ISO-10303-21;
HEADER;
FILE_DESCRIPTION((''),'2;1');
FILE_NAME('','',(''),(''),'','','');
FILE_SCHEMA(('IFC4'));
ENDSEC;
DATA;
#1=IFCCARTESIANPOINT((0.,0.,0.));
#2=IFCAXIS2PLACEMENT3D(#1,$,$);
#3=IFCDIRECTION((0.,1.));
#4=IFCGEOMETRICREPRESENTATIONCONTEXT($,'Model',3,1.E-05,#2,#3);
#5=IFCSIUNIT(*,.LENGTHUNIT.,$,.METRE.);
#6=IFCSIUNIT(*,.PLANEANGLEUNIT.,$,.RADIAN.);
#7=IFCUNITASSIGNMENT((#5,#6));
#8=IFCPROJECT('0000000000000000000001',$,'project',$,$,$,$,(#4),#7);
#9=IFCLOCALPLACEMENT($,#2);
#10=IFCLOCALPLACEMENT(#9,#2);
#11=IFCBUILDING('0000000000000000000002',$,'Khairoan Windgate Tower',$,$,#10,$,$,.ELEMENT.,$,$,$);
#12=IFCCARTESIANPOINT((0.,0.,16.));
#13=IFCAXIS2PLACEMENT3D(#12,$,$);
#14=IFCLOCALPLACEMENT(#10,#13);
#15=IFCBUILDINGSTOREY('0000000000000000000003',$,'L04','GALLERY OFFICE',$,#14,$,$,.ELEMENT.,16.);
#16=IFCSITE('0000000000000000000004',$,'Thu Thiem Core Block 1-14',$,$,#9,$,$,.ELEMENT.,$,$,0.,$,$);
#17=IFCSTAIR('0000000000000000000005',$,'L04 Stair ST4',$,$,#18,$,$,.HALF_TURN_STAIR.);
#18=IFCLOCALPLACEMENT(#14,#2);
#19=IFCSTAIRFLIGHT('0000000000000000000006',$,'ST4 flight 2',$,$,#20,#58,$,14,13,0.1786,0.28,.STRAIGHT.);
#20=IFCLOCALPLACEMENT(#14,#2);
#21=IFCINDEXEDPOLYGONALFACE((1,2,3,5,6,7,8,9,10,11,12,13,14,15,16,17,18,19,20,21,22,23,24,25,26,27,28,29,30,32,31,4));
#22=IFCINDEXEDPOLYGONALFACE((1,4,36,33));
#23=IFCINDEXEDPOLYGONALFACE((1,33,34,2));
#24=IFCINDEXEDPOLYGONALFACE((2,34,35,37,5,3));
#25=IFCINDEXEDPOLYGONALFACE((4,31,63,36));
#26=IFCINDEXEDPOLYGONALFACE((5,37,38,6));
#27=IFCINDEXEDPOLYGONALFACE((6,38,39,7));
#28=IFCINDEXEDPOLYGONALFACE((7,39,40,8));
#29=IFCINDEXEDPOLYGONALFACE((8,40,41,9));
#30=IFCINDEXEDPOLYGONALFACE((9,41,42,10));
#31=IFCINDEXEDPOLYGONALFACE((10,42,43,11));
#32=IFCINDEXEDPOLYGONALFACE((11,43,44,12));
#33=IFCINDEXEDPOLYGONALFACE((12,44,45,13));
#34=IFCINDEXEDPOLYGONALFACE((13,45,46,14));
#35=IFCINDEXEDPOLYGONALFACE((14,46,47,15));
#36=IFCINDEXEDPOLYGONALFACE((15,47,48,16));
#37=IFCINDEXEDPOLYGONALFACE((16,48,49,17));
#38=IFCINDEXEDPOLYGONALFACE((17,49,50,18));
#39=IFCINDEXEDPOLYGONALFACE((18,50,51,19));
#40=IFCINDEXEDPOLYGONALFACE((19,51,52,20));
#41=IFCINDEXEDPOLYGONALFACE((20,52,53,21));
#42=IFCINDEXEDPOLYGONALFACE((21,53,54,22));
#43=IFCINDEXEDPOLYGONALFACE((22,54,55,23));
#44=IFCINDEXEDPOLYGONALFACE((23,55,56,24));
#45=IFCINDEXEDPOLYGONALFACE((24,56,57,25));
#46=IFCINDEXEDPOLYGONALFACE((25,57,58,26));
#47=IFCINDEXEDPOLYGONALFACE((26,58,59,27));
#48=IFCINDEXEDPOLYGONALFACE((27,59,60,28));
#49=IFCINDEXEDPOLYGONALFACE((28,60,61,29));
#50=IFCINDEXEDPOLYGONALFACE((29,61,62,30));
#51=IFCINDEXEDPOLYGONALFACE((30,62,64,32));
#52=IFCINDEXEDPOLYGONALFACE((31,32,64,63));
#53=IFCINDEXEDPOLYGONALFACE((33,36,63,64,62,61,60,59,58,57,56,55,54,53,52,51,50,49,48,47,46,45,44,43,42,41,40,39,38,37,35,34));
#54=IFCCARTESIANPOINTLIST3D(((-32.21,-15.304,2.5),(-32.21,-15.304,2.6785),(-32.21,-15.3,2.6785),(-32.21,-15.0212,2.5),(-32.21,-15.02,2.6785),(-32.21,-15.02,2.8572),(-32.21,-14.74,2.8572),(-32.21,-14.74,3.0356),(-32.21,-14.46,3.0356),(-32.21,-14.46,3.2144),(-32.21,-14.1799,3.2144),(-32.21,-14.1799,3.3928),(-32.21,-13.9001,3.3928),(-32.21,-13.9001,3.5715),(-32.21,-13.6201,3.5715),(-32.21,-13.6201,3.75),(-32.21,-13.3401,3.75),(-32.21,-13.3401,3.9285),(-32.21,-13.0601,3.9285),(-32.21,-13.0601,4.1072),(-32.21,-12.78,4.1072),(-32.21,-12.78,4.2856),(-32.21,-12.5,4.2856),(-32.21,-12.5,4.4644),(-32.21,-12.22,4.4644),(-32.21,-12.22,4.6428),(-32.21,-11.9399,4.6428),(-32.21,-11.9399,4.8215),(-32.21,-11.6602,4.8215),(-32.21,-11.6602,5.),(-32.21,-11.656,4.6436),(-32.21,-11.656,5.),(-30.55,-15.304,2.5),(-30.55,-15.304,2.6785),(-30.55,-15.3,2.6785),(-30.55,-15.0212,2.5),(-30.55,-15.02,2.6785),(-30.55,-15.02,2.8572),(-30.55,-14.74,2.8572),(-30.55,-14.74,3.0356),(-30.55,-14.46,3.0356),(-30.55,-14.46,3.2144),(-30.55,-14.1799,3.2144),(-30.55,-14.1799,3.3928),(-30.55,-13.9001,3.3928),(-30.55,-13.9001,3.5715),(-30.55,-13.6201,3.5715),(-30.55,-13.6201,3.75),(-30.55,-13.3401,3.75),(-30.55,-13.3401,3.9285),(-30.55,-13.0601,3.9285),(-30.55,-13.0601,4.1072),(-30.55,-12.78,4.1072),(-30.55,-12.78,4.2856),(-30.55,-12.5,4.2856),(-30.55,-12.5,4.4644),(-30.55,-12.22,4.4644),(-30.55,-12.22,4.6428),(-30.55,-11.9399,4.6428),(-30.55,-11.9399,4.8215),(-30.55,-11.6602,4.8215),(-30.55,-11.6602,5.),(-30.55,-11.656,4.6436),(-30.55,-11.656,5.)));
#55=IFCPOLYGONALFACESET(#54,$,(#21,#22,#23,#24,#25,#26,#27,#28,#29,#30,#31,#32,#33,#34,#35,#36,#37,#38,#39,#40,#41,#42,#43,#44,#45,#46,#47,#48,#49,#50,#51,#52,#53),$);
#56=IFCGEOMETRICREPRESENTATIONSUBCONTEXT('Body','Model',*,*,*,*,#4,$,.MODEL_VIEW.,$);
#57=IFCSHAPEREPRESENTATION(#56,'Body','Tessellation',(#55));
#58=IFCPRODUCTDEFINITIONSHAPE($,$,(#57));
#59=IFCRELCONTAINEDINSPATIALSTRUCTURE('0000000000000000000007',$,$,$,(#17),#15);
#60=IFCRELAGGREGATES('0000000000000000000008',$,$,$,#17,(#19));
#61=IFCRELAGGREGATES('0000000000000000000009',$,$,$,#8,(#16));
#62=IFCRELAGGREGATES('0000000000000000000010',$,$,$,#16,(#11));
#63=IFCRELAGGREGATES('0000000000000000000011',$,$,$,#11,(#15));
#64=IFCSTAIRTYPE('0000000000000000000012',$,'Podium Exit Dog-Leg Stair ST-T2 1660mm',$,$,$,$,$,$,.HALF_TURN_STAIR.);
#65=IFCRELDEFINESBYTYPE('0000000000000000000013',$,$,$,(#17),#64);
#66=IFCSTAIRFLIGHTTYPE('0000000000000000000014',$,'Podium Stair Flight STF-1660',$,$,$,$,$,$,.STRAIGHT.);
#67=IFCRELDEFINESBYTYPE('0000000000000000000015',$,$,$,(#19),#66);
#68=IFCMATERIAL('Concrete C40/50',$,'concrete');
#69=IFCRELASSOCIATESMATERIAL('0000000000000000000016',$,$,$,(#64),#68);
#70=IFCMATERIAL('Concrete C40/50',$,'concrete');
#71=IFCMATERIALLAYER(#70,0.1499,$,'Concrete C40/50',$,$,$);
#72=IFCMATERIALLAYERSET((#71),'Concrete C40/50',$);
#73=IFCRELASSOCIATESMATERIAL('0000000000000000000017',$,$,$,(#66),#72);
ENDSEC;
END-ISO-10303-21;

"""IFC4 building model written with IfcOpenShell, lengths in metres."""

from ifc_helpers import new_model, si_unit, direction, frame, origin, place, context, subcontext, project, spatial, polyline, outline, extrude, material, layer, layer_set, type_object, element, aggregate, save


model = new_model("IFC4")

# Units and contexts
model_context = context("Model", 3, precision=1e-05, world=origin(), true_north=direction((0.0, 1.0)))
body_context = subcontext(model_context, "Body", "Model", "MODEL_VIEW")
ifc_project = project(units=[si_unit("LENGTHUNIT", "METRE"), si_unit("PLANEANGLEUNIT", "RADIAN")], contexts=[model_context])

# Site, building, storey
site_placement = place(None, origin())
site = spatial("IfcSite", under=ifc_project, at=site_placement, Name="Thu Thiem Core Block 1-14", CompositionType="ELEMENT", RefElevation=0.0)
building_placement = place(site_placement, origin())
building = spatial("IfcBuilding", under=site, at=building_placement, Name="Khairoan Windgate Tower", CompositionType="ELEMENT")
storey_placement = place(building_placement, frame((0.0, 0.0, 16.0)))
storey = spatial("IfcBuildingStorey", under=building, at=storey_placement, Name="L04", Description="GALLERY OFFICE", CompositionType="ELEMENT", Elevation=16.0)

# Stair, stair flight
ifc_material_1 = material(Name="Concrete C40/50", Category="concrete")
stair_type = type_object("IfcStairType", Name="Podium Exit Dog-Leg Stair ST-T2 1660mm", PredefinedType="HALF_TURN_STAIR", material=ifc_material_1)
stair_placement = place(storey_placement, origin())
stair = element("IfcStair", 1, at=stair_placement, inside=storey, type_object=stair_type, Name="L04 Stair ST4", PredefinedType="HALF_TURN_STAIR")
ifc_material_2 = material(Name="Concrete C40/50", Category="concrete")
ifc_layer_1 = layer(ifc_material_2, 0.1499, Name="Concrete C40/50")
ifc_layer_set_1 = layer_set([ifc_layer_1], Name="Concrete C40/50")
stair_flight_type = type_object("IfcStairFlightType", Name="Podium Stair Flight STF-1660", PredefinedType="STRAIGHT", material=ifc_layer_set_1)
stair_flight_placement = place(storey_placement, frame((-31.3799, -15.3, 2.5), z_axis=(0.0, 0.0, 1.0), x_axis=(0.0, 1.0, 0.0)))
stair_flight = element("IfcStairFlight", 2, at=stair_flight_placement, type_object=stair_flight_type, Name="ST4 flight 2", NumberOfRisers=14, NumberOfTreads=13, PredefinedType="STRAIGHT", RiserHeight=0.1786, TreadLength=0.28, context=body_context, shape_type="SweptSolid", body=[
    extrude(outline(polyline([(-0.0039, 0.0), (-0.0039, 0.1785), (0.0, 0.1785), (0.28, 0.1785), (0.28, 0.3572), (0.5601, 0.3572), (0.5601, 0.5356), (0.8401, 0.5356), (0.8401, 0.7144), (1.1201, 0.7144), (1.1201, 0.8928), (1.3999, 0.8928), (1.3999, 1.0715), (1.6799, 1.0715), (1.6799, 1.25), (1.96, 1.25), (1.96, 1.4285), (2.24, 1.4285), (2.24, 1.6072), (2.52, 1.6072), (2.52, 1.7856), (2.8, 1.7856), (2.8, 1.9644), (3.0801, 1.9644), (3.0801, 2.1428), (3.3601, 2.1428), (3.3601, 2.3215), (3.6399, 2.3215), (3.6399, 2.5), (3.644, 2.5), (3.644, 2.1436), (0.2788, 0.0), (-0.0039, 0.0)])), frame((0.0, 0.8301, 0.0), z_axis=(0.0, -1.0, 0.0), x_axis=(1.0, 0.0, 0.0)), (0.0, 0.0, 1.0), 1.6599),
])
aggregate(stair, [stair_flight])

save(model, "model.ifc")
